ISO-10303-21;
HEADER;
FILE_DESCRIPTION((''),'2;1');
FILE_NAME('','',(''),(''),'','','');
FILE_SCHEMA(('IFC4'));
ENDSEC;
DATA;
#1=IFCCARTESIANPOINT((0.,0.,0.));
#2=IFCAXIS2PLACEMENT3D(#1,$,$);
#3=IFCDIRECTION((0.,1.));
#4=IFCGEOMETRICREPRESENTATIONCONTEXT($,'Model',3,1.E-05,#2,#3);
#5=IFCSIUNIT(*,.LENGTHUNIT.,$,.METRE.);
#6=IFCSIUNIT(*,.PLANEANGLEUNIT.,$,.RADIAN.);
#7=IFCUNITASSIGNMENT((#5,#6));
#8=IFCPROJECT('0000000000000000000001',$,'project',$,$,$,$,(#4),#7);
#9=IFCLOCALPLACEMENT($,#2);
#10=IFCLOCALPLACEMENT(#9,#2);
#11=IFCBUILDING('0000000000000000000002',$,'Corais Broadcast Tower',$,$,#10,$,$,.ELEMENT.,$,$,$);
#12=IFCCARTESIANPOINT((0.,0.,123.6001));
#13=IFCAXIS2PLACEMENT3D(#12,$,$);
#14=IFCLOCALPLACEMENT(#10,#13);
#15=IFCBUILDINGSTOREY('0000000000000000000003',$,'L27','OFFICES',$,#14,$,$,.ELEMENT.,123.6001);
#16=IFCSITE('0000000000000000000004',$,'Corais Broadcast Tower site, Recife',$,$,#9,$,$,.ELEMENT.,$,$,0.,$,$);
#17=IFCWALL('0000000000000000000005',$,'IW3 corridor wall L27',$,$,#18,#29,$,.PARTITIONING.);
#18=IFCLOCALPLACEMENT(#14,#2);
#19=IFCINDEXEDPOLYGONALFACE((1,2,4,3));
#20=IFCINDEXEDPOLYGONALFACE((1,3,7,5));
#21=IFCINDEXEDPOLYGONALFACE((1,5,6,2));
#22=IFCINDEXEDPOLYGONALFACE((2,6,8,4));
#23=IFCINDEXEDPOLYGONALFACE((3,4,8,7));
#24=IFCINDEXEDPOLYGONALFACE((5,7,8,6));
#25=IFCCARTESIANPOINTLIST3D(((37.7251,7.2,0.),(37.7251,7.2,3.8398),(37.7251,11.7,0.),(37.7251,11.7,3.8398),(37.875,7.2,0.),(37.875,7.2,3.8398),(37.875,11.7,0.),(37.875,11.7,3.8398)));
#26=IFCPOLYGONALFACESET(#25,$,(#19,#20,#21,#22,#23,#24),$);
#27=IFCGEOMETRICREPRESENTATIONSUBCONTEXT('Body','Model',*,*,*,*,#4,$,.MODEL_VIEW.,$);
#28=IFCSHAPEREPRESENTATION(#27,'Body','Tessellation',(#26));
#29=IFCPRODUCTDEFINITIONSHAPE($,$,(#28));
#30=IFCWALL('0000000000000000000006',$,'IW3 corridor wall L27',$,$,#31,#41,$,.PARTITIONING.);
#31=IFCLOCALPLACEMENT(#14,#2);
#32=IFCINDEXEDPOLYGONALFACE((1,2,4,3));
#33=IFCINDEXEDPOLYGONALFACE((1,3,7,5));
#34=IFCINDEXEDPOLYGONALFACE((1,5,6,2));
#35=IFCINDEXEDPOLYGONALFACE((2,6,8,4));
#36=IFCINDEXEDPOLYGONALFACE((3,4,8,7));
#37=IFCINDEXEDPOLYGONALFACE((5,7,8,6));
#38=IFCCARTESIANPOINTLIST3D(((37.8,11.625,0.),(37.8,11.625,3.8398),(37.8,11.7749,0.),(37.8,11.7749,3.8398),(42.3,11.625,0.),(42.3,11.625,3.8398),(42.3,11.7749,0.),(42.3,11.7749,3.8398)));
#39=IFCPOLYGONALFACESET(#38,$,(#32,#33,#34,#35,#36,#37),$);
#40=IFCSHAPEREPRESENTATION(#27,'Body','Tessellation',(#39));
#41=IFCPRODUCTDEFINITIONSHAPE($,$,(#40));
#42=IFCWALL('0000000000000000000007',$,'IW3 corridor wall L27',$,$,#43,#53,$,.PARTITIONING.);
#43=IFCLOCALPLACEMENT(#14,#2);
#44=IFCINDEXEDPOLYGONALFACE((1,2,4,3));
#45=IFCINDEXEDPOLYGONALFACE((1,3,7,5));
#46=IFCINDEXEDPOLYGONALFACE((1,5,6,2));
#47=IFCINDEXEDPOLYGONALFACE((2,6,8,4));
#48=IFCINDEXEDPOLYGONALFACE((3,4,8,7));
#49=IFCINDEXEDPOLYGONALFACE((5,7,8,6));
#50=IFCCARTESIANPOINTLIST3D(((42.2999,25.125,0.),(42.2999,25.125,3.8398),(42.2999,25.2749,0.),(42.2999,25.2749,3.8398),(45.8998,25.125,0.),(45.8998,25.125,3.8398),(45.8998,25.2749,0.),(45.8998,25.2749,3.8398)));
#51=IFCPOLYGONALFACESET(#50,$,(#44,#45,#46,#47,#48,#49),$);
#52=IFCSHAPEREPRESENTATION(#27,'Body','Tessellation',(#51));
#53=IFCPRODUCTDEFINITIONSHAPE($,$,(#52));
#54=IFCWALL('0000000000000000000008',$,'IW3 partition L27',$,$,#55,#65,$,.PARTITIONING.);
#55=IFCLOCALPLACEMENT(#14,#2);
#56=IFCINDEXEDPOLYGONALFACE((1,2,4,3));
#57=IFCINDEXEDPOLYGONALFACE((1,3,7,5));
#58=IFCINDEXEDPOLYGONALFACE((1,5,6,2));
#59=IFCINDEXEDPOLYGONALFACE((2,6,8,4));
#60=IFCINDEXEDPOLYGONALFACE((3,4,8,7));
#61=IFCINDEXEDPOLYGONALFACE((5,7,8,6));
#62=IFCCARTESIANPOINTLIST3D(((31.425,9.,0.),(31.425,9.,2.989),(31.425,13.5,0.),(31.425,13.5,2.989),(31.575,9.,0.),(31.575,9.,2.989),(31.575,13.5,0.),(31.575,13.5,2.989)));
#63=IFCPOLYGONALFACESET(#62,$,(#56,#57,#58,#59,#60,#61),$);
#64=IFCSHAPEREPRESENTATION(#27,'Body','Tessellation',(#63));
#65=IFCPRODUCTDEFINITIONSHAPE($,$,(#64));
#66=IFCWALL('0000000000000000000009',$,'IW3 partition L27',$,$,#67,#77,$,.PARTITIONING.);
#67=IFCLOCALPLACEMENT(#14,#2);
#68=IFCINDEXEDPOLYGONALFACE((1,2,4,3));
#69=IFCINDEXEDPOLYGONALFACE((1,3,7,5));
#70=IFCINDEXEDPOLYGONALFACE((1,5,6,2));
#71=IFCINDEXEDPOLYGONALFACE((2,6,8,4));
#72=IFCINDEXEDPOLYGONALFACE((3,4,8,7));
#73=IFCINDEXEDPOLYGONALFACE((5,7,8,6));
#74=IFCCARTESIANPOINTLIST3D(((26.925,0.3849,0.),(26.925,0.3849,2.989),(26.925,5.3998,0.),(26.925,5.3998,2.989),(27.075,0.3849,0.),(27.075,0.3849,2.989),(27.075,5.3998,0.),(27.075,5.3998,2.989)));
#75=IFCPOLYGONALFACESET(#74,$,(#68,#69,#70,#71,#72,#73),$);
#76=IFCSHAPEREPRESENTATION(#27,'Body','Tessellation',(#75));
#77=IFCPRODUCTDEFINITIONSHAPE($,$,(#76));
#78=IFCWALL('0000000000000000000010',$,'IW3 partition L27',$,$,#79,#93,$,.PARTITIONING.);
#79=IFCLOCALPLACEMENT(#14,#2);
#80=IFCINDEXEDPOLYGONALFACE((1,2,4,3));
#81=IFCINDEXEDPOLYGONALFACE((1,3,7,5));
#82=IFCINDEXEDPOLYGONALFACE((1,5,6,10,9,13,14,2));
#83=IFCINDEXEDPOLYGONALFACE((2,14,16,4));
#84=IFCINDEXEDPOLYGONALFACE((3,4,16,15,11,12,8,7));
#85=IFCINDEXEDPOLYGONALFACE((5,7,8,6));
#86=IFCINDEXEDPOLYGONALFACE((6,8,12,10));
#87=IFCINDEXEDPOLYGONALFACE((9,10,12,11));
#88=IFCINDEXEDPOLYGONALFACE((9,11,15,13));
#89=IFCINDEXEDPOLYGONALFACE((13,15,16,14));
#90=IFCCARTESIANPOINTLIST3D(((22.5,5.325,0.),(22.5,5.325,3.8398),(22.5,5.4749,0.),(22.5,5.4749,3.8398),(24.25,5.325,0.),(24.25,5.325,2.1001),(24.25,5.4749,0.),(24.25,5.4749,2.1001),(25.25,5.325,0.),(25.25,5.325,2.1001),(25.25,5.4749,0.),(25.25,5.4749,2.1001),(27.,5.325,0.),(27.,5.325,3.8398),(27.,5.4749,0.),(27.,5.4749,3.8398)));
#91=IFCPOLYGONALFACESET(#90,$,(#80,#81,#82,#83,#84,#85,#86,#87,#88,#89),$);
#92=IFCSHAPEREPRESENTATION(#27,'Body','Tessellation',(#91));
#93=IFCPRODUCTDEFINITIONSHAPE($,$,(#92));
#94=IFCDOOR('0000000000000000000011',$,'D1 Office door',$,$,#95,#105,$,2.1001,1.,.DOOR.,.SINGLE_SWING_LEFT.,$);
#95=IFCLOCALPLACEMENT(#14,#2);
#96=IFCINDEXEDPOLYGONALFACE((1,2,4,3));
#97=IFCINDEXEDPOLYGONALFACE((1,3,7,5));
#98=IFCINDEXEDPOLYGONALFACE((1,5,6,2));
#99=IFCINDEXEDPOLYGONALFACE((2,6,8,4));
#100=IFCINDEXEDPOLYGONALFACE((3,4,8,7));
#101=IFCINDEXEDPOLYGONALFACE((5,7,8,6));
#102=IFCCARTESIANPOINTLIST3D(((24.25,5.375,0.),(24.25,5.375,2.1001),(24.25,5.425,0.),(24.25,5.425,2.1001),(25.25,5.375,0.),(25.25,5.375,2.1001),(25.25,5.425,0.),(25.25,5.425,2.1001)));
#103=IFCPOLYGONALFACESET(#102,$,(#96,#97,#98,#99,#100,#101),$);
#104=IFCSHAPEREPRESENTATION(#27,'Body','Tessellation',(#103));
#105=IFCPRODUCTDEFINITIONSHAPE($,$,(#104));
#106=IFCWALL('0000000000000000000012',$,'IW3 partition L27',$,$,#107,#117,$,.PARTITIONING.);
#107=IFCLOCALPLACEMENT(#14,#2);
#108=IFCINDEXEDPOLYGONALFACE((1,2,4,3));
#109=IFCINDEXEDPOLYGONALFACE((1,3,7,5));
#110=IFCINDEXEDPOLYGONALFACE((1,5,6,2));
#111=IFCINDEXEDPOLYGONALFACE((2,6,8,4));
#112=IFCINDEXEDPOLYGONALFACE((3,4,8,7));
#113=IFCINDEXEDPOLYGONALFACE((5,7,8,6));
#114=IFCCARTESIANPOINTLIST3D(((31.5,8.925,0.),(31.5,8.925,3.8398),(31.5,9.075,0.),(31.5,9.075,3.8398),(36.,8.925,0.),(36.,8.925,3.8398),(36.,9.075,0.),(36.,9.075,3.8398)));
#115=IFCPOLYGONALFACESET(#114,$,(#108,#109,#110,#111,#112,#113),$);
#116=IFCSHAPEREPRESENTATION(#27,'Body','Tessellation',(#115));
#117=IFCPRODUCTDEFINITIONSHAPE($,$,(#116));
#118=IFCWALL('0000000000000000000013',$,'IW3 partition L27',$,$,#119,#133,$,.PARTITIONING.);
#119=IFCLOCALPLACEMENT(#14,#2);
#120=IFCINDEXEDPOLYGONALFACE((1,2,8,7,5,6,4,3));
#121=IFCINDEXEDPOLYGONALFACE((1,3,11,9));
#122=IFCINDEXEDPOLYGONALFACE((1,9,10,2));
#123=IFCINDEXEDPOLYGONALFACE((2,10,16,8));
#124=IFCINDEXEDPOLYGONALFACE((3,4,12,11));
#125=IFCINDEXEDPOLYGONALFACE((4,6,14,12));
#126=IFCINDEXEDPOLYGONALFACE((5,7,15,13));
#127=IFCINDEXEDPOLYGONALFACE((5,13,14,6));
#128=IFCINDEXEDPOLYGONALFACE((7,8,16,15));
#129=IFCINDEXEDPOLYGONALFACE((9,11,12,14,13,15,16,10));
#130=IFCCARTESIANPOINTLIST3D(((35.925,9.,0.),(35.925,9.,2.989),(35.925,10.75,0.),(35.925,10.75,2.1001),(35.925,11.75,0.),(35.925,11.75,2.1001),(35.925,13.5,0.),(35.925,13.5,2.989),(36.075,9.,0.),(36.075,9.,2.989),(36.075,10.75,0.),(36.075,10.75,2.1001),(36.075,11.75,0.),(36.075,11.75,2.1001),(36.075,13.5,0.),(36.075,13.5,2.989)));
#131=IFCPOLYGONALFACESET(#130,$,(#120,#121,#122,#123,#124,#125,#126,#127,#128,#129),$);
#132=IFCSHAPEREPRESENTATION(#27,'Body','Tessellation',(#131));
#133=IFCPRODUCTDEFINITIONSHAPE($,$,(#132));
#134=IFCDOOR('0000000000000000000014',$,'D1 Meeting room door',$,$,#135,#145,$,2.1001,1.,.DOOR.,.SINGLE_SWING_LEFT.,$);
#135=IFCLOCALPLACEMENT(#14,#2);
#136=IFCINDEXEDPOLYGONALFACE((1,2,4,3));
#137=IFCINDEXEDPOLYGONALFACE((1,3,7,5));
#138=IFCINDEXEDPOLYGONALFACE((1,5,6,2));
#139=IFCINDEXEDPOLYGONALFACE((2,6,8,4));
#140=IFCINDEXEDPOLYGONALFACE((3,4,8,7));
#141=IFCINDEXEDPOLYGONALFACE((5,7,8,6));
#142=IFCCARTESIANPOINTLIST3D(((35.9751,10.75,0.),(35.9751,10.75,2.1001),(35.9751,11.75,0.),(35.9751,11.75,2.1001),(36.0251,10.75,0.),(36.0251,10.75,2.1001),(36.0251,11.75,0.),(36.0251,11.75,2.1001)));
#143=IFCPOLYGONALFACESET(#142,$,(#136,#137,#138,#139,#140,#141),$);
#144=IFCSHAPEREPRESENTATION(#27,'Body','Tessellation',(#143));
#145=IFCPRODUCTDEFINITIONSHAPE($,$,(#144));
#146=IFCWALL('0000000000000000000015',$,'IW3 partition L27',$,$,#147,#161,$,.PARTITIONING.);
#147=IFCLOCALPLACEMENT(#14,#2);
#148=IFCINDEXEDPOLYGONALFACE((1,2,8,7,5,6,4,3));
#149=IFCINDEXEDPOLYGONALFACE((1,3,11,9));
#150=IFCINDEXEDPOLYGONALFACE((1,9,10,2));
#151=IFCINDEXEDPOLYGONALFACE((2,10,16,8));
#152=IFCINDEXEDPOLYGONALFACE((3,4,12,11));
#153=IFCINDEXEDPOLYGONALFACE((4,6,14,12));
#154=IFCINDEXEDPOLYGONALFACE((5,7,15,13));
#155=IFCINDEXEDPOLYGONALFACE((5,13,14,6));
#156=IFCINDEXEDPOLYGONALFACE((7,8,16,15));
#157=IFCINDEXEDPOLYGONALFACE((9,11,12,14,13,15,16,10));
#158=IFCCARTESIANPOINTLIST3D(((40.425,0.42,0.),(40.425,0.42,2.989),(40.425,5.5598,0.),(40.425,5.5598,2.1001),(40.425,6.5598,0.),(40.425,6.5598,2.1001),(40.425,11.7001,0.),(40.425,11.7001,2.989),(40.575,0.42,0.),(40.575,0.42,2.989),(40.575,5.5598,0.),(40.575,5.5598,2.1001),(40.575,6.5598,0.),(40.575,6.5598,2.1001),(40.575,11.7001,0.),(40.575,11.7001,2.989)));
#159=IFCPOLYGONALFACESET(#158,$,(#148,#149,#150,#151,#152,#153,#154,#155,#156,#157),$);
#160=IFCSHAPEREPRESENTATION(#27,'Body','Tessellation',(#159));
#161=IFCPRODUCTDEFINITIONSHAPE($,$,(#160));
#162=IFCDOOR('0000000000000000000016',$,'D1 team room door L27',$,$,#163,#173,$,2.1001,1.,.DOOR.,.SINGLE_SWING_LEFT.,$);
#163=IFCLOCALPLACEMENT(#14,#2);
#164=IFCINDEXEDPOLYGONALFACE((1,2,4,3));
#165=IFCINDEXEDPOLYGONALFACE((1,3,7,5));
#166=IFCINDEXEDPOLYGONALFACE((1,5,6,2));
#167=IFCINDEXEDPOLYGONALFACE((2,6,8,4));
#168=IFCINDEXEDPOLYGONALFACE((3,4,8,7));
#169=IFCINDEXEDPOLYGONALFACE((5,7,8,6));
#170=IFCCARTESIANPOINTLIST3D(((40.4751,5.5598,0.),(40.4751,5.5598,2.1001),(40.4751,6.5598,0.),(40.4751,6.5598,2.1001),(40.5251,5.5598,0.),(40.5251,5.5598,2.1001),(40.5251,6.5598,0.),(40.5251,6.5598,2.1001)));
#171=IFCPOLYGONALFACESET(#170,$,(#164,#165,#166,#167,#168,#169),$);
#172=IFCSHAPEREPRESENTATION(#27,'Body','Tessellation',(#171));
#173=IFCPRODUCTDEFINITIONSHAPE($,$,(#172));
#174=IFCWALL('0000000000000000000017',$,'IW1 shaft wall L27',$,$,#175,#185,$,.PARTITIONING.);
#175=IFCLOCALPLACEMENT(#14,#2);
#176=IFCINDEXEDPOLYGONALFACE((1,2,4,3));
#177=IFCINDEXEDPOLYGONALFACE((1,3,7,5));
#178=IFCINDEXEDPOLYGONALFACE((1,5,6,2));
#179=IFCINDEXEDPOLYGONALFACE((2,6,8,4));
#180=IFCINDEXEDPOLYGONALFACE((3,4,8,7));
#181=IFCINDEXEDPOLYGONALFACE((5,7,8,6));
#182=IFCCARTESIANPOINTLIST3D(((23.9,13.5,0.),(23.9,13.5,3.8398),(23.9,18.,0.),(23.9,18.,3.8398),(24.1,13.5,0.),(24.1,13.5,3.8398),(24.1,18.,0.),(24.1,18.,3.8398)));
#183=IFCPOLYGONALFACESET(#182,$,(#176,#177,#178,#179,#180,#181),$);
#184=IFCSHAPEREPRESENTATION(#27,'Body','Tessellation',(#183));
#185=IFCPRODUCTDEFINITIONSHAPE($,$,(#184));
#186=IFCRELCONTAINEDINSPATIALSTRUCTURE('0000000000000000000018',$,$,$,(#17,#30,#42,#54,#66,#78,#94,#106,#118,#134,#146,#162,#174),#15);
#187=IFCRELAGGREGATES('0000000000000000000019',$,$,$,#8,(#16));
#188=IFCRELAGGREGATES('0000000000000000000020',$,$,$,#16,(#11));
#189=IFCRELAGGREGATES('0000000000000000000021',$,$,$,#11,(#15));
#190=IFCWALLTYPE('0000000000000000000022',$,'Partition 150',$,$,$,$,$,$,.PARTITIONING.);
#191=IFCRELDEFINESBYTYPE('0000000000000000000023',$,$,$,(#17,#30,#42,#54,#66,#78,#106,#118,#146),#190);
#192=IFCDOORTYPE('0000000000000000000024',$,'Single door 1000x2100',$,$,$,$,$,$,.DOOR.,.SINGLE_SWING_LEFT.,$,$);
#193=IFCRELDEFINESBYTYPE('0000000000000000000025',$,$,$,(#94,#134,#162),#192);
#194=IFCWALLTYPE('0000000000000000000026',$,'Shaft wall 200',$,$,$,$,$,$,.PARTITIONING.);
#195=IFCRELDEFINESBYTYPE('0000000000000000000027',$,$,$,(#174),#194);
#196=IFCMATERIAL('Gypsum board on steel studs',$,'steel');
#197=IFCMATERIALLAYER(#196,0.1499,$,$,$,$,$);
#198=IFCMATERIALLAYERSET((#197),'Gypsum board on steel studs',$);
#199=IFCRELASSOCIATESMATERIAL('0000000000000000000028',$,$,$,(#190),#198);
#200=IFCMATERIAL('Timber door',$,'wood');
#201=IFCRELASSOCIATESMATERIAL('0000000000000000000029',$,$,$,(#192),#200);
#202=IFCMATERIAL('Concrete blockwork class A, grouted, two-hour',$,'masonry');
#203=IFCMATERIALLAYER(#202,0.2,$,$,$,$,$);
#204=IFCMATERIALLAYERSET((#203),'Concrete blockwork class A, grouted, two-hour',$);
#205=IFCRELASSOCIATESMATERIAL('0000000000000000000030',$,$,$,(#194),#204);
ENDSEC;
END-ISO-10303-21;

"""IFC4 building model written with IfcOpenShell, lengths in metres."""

from ifc_helpers import new_model, si_unit, direction, frame, frame_2d, origin, place, context, subcontext, project, spatial, rectangle, extrude, material, layer, layer_set, type_object, element, fill, save


model = new_model("IFC4")

# Units and contexts
model_context = context("Model", 3, precision=1e-05, world=origin(), true_north=direction((0.0, 1.0)))
body_context = subcontext(model_context, "Body", "Model", "MODEL_VIEW")
ifc_project = project(units=[si_unit("LENGTHUNIT", "METRE"), si_unit("PLANEANGLEUNIT", "RADIAN")], contexts=[model_context])

# Site, building, storey
site_placement = place(None, origin())
site = spatial("IfcSite", under=ifc_project, at=site_placement, Name="Corais Broadcast Tower site, Recife", CompositionType="ELEMENT", RefElevation=0.0)
building_placement = place(site_placement, origin())
building = spatial("IfcBuilding", under=site, at=building_placement, Name="Corais Broadcast Tower", CompositionType="ELEMENT")
storey_placement = place(building_placement, frame((0.0, 0.0, 123.6001)))
storey = spatial("IfcBuildingStorey", under=building, at=storey_placement, Name="L27", Description="OFFICES", CompositionType="ELEMENT", Elevation=123.6001)

# Shared definitions
ifc_material_1 = material(Name="Gypsum board on steel studs", Category="steel")
ifc_layer_1 = layer(ifc_material_1, 0.1499)
ifc_layer_set_1 = layer_set([ifc_layer_1], Name="Gypsum board on steel studs")
wall_type_1 = type_object("IfcWallType", Name="Partition 150", PredefinedType="PARTITIONING", material=ifc_layer_set_1)
ifc_material_2 = material(Name="Timber door", Category="wood")
door_type_1 = type_object("IfcDoorType", Name="Single door 1000x2100", OperationType="SINGLE_SWING_LEFT", PredefinedType="DOOR", material=ifc_material_2)

# Walls
for number, where, z_axis, x_axis, name in (
    (1, (37.8, 7.2, 0.0), (0.0, 0.0, 1.0), (0.0, 1.0, 0.0), "IW3 corridor wall L27"),
    (2, (37.8, 11.7, 0.0), (0.0, 0.0, 1.0), (1.0, 0.0, 0.0), "IW3 corridor wall L27"),
):
    element("IfcWall", number, at=place(storey_placement, frame(where, z_axis=z_axis, x_axis=x_axis)), inside=storey, type_object=wall_type_1, Name=name, PredefinedType="PARTITIONING", context=body_context, shape_type="SweptSolid", body=[
        extrude(rectangle(XDim=4.5, YDim=0.1499, at=frame_2d((2.25, 0.0))), origin(), (0.0, 0.0, 1.0), 3.8398),
    ])
wall_1_placement = place(storey_placement, frame((42.3, 25.2, 0.0), z_axis=(0.0, 0.0, 1.0), x_axis=(1.0, 0.0, 0.0)))
element("IfcWall", 3, at=wall_1_placement, inside=storey, type_object=wall_type_1, Name="IW3 corridor wall L27", PredefinedType="PARTITIONING", context=body_context, shape_type="SweptSolid", body=[
    extrude(rectangle(XDim=3.5999, YDim=0.1499, at=frame_2d((1.7998, 0.0))), origin(), (0.0, 0.0, 1.0), 3.8398),
])
wall_2_placement = place(storey_placement, frame((31.5, 9.0, 0.0), z_axis=(0.0, 0.0, 1.0), x_axis=(0.0, 1.0, 0.0)))
element("IfcWall", 4, at=wall_2_placement, inside=storey, type_object=wall_type_1, Name="IW3 partition L27", PredefinedType="PARTITIONING", context=body_context, shape_type="SweptSolid", body=[
    extrude(rectangle(XDim=4.5, YDim=0.1499, at=frame_2d((2.25, 0.0))), origin(), (0.0, 0.0, 1.0), 2.989),
])
wall_3_placement = place(storey_placement, frame((27.0, 0.385, 0.0), z_axis=(0.0, 0.0, 1.0), x_axis=(0.0, 1.0, 0.0)))
element("IfcWall", 5, at=wall_3_placement, inside=storey, type_object=wall_type_1, Name="IW3 partition L27", PredefinedType="PARTITIONING", context=body_context, shape_type="SweptSolid", body=[
    extrude(rectangle(XDim=5.0149, YDim=0.1499, at=frame_2d((2.5073, 0.0))), origin(), (0.0, 0.0, 1.0), 2.989),
])

# Wall, opening, door
wall_4_placement = place(storey_placement, frame((27.0, 5.3999, 0.0), z_axis=(0.0, 0.0, 1.0), x_axis=(-1.0, 0.0, 0.0)))
wall_4 = element("IfcWall", 6, at=wall_4_placement, inside=storey, type_object=wall_type_1, Name="IW3 partition L27", PredefinedType="PARTITIONING", context=body_context, shape_type="SweptSolid", body=[
    extrude(rectangle(XDim=4.5, YDim=0.1499, at=frame_2d((2.25, 0.0))), origin(), (0.0, 0.0, 1.0), 3.8398),
])
opening_1_placement = place(wall_4_placement, frame((1.75, 0.0, 0.0)))
opening_1 = element("IfcOpeningElement", 7, at=opening_1_placement, cuts=wall_4, PredefinedType="OPENING", context=body_context, shape_type="SweptSolid", body=[
    extrude(rectangle(XDim=1.0, YDim=2.1001, at=frame_2d((0.5, 1.05))), frame((0.0, 0.085, 0.0), z_axis=(0.0, -1.0, 0.0), x_axis=(1.0, 0.0, 0.0)), (0.0, 0.0, 1.0), 0.1699),
])
door_1_placement = place(opening_1_placement, origin())
door_1 = element("IfcDoor", 8, at=door_1_placement, inside=storey, type_object=door_type_1, Name="D1 Office door", OperationType="SINGLE_SWING_LEFT", OverallHeight=2.1001, OverallWidth=1.0, PredefinedType="DOOR", context=body_context, shape_type="SweptSolid", body=[
    extrude(rectangle(XDim=1.0, YDim=2.1001, at=frame_2d((0.5, 1.05))), frame((0.0, 0.0249, 0.0), z_axis=(0.0, -1.0, 0.0), x_axis=(1.0, 0.0, 0.0)), (0.0, 0.0, 1.0), 0.05),
])
fill(opening_1, door_1)

# Wall
wall_5_placement = place(storey_placement, frame((31.5, 9.0, 0.0), z_axis=(0.0, 0.0, 1.0), x_axis=(1.0, 0.0, 0.0)))
element("IfcWall", 9, at=wall_5_placement, inside=storey, type_object=wall_type_1, Name="IW3 partition L27", PredefinedType="PARTITIONING", context=body_context, shape_type="SweptSolid", body=[
    extrude(rectangle(XDim=4.5, YDim=0.1499, at=frame_2d((2.25, 0.0))), origin(), (0.0, 0.0, 1.0), 3.8398),
])

# Walls, openings, doors
wall_6_placement = place(storey_placement, frame((36.0, 9.0, 0.0), z_axis=(0.0, 0.0, 1.0), x_axis=(0.0, 1.0, 0.0)))
wall_6 = element("IfcWall", 10, at=wall_6_placement, inside=storey, type_object=wall_type_1, Name="IW3 partition L27", PredefinedType="PARTITIONING", context=body_context, shape_type="SweptSolid", body=[
    extrude(rectangle(XDim=4.5, YDim=0.1499, at=frame_2d((2.25, 0.0))), origin(), (0.0, 0.0, 1.0), 2.989),
])
opening_2_placement = place(wall_6_placement, frame((1.75, 0.0, 0.0)))
opening_2 = element("IfcOpeningElement", 11, at=opening_2_placement, cuts=wall_6, PredefinedType="OPENING", context=body_context, shape_type="SweptSolid", body=[
    extrude(rectangle(XDim=1.0, YDim=2.1001, at=frame_2d((0.5, 1.05))), frame((0.0, 0.085, 0.0), z_axis=(0.0, -1.0, 0.0), x_axis=(1.0, 0.0, 0.0)), (0.0, 0.0, 1.0), 0.1699),
])
door_2_placement = place(opening_2_placement, origin())
door_2 = element("IfcDoor", 12, at=door_2_placement, inside=storey, type_object=door_type_1, Name="D1 Meeting room door", OperationType="SINGLE_SWING_LEFT", OverallHeight=2.1001, OverallWidth=1.0, PredefinedType="DOOR", context=body_context, shape_type="SweptSolid", body=[
    extrude(rectangle(XDim=1.0, YDim=2.1001, at=frame_2d((0.5, 1.05))), frame((0.0, 0.0249, 0.0), z_axis=(0.0, -1.0, 0.0), x_axis=(1.0, 0.0, 0.0)), (0.0, 0.0, 1.0), 0.05),
])
fill(opening_2, door_2)
wall_7_placement = place(storey_placement, frame((40.5, 0.4199, 0.0), z_axis=(0.0, 0.0, 1.0), x_axis=(0.0, 1.0, 0.0)))
wall_7 = element("IfcWall", 13, at=wall_7_placement, inside=storey, type_object=wall_type_1, Name="IW3 partition L27", PredefinedType="PARTITIONING", context=body_context, shape_type="SweptSolid", body=[
    extrude(rectangle(XDim=11.28, YDim=0.1499, at=frame_2d((5.6401, 0.0))), origin(), (0.0, 0.0, 1.0), 2.989),
])
opening_3_placement = place(wall_7_placement, frame((5.1399, 0.0, 0.0)))
opening_3 = element("IfcOpeningElement", 14, at=opening_3_placement, cuts=wall_7, PredefinedType="OPENING", context=body_context, shape_type="SweptSolid", body=[
    extrude(rectangle(XDim=1.0, YDim=2.1001, at=frame_2d((0.5, 1.05))), frame((0.0, 0.085, 0.0), z_axis=(0.0, -1.0, 0.0), x_axis=(1.0, 0.0, 0.0)), (0.0, 0.0, 1.0), 0.1699),
])
door_3_placement = place(opening_3_placement, origin())
door_3 = element("IfcDoor", 15, at=door_3_placement, inside=storey, type_object=door_type_1, Name="D1 team room door L27", OperationType="SINGLE_SWING_LEFT", OverallHeight=2.1001, OverallWidth=1.0, PredefinedType="DOOR", context=body_context, shape_type="SweptSolid", body=[
    extrude(rectangle(XDim=1.0, YDim=2.1001, at=frame_2d((0.5, 1.05))), frame((0.0, 0.0249, 0.0), z_axis=(0.0, -1.0, 0.0), x_axis=(1.0, 0.0, 0.0)), (0.0, 0.0, 1.0), 0.05),
])
fill(opening_3, door_3)

# Wall
ifc_material_3 = material(Name="Concrete blockwork class A, grouted, two-hour", Category="masonry")
ifc_layer_2 = layer(ifc_material_3, 0.2)
ifc_layer_set_2 = layer_set([ifc_layer_2], Name="Concrete blockwork class A, grouted, two-hour")
wall_type_2 = type_object("IfcWallType", Name="Shaft wall 200", PredefinedType="PARTITIONING", material=ifc_layer_set_2)
for number, where, z_axis, x_axis, name in (
    (16, (24.0, 13.5, 0.0), (0.0, 0.0, 1.0), (0.0, 1.0, 0.0), "IW1 shaft wall L27"),
):
    element("IfcWall", number, at=place(storey_placement, frame(where, z_axis=z_axis, x_axis=x_axis)), inside=storey, type_object=wall_type_2, Name=name, PredefinedType="PARTITIONING", context=body_context, shape_type="SweptSolid", body=[
        extrude(rectangle(XDim=4.5, YDim=0.2, at=frame_2d((2.25, 0.0))), origin(), (0.0, 0.0, 1.0), 3.8398),
    ])

save(model, "model.ifc")
